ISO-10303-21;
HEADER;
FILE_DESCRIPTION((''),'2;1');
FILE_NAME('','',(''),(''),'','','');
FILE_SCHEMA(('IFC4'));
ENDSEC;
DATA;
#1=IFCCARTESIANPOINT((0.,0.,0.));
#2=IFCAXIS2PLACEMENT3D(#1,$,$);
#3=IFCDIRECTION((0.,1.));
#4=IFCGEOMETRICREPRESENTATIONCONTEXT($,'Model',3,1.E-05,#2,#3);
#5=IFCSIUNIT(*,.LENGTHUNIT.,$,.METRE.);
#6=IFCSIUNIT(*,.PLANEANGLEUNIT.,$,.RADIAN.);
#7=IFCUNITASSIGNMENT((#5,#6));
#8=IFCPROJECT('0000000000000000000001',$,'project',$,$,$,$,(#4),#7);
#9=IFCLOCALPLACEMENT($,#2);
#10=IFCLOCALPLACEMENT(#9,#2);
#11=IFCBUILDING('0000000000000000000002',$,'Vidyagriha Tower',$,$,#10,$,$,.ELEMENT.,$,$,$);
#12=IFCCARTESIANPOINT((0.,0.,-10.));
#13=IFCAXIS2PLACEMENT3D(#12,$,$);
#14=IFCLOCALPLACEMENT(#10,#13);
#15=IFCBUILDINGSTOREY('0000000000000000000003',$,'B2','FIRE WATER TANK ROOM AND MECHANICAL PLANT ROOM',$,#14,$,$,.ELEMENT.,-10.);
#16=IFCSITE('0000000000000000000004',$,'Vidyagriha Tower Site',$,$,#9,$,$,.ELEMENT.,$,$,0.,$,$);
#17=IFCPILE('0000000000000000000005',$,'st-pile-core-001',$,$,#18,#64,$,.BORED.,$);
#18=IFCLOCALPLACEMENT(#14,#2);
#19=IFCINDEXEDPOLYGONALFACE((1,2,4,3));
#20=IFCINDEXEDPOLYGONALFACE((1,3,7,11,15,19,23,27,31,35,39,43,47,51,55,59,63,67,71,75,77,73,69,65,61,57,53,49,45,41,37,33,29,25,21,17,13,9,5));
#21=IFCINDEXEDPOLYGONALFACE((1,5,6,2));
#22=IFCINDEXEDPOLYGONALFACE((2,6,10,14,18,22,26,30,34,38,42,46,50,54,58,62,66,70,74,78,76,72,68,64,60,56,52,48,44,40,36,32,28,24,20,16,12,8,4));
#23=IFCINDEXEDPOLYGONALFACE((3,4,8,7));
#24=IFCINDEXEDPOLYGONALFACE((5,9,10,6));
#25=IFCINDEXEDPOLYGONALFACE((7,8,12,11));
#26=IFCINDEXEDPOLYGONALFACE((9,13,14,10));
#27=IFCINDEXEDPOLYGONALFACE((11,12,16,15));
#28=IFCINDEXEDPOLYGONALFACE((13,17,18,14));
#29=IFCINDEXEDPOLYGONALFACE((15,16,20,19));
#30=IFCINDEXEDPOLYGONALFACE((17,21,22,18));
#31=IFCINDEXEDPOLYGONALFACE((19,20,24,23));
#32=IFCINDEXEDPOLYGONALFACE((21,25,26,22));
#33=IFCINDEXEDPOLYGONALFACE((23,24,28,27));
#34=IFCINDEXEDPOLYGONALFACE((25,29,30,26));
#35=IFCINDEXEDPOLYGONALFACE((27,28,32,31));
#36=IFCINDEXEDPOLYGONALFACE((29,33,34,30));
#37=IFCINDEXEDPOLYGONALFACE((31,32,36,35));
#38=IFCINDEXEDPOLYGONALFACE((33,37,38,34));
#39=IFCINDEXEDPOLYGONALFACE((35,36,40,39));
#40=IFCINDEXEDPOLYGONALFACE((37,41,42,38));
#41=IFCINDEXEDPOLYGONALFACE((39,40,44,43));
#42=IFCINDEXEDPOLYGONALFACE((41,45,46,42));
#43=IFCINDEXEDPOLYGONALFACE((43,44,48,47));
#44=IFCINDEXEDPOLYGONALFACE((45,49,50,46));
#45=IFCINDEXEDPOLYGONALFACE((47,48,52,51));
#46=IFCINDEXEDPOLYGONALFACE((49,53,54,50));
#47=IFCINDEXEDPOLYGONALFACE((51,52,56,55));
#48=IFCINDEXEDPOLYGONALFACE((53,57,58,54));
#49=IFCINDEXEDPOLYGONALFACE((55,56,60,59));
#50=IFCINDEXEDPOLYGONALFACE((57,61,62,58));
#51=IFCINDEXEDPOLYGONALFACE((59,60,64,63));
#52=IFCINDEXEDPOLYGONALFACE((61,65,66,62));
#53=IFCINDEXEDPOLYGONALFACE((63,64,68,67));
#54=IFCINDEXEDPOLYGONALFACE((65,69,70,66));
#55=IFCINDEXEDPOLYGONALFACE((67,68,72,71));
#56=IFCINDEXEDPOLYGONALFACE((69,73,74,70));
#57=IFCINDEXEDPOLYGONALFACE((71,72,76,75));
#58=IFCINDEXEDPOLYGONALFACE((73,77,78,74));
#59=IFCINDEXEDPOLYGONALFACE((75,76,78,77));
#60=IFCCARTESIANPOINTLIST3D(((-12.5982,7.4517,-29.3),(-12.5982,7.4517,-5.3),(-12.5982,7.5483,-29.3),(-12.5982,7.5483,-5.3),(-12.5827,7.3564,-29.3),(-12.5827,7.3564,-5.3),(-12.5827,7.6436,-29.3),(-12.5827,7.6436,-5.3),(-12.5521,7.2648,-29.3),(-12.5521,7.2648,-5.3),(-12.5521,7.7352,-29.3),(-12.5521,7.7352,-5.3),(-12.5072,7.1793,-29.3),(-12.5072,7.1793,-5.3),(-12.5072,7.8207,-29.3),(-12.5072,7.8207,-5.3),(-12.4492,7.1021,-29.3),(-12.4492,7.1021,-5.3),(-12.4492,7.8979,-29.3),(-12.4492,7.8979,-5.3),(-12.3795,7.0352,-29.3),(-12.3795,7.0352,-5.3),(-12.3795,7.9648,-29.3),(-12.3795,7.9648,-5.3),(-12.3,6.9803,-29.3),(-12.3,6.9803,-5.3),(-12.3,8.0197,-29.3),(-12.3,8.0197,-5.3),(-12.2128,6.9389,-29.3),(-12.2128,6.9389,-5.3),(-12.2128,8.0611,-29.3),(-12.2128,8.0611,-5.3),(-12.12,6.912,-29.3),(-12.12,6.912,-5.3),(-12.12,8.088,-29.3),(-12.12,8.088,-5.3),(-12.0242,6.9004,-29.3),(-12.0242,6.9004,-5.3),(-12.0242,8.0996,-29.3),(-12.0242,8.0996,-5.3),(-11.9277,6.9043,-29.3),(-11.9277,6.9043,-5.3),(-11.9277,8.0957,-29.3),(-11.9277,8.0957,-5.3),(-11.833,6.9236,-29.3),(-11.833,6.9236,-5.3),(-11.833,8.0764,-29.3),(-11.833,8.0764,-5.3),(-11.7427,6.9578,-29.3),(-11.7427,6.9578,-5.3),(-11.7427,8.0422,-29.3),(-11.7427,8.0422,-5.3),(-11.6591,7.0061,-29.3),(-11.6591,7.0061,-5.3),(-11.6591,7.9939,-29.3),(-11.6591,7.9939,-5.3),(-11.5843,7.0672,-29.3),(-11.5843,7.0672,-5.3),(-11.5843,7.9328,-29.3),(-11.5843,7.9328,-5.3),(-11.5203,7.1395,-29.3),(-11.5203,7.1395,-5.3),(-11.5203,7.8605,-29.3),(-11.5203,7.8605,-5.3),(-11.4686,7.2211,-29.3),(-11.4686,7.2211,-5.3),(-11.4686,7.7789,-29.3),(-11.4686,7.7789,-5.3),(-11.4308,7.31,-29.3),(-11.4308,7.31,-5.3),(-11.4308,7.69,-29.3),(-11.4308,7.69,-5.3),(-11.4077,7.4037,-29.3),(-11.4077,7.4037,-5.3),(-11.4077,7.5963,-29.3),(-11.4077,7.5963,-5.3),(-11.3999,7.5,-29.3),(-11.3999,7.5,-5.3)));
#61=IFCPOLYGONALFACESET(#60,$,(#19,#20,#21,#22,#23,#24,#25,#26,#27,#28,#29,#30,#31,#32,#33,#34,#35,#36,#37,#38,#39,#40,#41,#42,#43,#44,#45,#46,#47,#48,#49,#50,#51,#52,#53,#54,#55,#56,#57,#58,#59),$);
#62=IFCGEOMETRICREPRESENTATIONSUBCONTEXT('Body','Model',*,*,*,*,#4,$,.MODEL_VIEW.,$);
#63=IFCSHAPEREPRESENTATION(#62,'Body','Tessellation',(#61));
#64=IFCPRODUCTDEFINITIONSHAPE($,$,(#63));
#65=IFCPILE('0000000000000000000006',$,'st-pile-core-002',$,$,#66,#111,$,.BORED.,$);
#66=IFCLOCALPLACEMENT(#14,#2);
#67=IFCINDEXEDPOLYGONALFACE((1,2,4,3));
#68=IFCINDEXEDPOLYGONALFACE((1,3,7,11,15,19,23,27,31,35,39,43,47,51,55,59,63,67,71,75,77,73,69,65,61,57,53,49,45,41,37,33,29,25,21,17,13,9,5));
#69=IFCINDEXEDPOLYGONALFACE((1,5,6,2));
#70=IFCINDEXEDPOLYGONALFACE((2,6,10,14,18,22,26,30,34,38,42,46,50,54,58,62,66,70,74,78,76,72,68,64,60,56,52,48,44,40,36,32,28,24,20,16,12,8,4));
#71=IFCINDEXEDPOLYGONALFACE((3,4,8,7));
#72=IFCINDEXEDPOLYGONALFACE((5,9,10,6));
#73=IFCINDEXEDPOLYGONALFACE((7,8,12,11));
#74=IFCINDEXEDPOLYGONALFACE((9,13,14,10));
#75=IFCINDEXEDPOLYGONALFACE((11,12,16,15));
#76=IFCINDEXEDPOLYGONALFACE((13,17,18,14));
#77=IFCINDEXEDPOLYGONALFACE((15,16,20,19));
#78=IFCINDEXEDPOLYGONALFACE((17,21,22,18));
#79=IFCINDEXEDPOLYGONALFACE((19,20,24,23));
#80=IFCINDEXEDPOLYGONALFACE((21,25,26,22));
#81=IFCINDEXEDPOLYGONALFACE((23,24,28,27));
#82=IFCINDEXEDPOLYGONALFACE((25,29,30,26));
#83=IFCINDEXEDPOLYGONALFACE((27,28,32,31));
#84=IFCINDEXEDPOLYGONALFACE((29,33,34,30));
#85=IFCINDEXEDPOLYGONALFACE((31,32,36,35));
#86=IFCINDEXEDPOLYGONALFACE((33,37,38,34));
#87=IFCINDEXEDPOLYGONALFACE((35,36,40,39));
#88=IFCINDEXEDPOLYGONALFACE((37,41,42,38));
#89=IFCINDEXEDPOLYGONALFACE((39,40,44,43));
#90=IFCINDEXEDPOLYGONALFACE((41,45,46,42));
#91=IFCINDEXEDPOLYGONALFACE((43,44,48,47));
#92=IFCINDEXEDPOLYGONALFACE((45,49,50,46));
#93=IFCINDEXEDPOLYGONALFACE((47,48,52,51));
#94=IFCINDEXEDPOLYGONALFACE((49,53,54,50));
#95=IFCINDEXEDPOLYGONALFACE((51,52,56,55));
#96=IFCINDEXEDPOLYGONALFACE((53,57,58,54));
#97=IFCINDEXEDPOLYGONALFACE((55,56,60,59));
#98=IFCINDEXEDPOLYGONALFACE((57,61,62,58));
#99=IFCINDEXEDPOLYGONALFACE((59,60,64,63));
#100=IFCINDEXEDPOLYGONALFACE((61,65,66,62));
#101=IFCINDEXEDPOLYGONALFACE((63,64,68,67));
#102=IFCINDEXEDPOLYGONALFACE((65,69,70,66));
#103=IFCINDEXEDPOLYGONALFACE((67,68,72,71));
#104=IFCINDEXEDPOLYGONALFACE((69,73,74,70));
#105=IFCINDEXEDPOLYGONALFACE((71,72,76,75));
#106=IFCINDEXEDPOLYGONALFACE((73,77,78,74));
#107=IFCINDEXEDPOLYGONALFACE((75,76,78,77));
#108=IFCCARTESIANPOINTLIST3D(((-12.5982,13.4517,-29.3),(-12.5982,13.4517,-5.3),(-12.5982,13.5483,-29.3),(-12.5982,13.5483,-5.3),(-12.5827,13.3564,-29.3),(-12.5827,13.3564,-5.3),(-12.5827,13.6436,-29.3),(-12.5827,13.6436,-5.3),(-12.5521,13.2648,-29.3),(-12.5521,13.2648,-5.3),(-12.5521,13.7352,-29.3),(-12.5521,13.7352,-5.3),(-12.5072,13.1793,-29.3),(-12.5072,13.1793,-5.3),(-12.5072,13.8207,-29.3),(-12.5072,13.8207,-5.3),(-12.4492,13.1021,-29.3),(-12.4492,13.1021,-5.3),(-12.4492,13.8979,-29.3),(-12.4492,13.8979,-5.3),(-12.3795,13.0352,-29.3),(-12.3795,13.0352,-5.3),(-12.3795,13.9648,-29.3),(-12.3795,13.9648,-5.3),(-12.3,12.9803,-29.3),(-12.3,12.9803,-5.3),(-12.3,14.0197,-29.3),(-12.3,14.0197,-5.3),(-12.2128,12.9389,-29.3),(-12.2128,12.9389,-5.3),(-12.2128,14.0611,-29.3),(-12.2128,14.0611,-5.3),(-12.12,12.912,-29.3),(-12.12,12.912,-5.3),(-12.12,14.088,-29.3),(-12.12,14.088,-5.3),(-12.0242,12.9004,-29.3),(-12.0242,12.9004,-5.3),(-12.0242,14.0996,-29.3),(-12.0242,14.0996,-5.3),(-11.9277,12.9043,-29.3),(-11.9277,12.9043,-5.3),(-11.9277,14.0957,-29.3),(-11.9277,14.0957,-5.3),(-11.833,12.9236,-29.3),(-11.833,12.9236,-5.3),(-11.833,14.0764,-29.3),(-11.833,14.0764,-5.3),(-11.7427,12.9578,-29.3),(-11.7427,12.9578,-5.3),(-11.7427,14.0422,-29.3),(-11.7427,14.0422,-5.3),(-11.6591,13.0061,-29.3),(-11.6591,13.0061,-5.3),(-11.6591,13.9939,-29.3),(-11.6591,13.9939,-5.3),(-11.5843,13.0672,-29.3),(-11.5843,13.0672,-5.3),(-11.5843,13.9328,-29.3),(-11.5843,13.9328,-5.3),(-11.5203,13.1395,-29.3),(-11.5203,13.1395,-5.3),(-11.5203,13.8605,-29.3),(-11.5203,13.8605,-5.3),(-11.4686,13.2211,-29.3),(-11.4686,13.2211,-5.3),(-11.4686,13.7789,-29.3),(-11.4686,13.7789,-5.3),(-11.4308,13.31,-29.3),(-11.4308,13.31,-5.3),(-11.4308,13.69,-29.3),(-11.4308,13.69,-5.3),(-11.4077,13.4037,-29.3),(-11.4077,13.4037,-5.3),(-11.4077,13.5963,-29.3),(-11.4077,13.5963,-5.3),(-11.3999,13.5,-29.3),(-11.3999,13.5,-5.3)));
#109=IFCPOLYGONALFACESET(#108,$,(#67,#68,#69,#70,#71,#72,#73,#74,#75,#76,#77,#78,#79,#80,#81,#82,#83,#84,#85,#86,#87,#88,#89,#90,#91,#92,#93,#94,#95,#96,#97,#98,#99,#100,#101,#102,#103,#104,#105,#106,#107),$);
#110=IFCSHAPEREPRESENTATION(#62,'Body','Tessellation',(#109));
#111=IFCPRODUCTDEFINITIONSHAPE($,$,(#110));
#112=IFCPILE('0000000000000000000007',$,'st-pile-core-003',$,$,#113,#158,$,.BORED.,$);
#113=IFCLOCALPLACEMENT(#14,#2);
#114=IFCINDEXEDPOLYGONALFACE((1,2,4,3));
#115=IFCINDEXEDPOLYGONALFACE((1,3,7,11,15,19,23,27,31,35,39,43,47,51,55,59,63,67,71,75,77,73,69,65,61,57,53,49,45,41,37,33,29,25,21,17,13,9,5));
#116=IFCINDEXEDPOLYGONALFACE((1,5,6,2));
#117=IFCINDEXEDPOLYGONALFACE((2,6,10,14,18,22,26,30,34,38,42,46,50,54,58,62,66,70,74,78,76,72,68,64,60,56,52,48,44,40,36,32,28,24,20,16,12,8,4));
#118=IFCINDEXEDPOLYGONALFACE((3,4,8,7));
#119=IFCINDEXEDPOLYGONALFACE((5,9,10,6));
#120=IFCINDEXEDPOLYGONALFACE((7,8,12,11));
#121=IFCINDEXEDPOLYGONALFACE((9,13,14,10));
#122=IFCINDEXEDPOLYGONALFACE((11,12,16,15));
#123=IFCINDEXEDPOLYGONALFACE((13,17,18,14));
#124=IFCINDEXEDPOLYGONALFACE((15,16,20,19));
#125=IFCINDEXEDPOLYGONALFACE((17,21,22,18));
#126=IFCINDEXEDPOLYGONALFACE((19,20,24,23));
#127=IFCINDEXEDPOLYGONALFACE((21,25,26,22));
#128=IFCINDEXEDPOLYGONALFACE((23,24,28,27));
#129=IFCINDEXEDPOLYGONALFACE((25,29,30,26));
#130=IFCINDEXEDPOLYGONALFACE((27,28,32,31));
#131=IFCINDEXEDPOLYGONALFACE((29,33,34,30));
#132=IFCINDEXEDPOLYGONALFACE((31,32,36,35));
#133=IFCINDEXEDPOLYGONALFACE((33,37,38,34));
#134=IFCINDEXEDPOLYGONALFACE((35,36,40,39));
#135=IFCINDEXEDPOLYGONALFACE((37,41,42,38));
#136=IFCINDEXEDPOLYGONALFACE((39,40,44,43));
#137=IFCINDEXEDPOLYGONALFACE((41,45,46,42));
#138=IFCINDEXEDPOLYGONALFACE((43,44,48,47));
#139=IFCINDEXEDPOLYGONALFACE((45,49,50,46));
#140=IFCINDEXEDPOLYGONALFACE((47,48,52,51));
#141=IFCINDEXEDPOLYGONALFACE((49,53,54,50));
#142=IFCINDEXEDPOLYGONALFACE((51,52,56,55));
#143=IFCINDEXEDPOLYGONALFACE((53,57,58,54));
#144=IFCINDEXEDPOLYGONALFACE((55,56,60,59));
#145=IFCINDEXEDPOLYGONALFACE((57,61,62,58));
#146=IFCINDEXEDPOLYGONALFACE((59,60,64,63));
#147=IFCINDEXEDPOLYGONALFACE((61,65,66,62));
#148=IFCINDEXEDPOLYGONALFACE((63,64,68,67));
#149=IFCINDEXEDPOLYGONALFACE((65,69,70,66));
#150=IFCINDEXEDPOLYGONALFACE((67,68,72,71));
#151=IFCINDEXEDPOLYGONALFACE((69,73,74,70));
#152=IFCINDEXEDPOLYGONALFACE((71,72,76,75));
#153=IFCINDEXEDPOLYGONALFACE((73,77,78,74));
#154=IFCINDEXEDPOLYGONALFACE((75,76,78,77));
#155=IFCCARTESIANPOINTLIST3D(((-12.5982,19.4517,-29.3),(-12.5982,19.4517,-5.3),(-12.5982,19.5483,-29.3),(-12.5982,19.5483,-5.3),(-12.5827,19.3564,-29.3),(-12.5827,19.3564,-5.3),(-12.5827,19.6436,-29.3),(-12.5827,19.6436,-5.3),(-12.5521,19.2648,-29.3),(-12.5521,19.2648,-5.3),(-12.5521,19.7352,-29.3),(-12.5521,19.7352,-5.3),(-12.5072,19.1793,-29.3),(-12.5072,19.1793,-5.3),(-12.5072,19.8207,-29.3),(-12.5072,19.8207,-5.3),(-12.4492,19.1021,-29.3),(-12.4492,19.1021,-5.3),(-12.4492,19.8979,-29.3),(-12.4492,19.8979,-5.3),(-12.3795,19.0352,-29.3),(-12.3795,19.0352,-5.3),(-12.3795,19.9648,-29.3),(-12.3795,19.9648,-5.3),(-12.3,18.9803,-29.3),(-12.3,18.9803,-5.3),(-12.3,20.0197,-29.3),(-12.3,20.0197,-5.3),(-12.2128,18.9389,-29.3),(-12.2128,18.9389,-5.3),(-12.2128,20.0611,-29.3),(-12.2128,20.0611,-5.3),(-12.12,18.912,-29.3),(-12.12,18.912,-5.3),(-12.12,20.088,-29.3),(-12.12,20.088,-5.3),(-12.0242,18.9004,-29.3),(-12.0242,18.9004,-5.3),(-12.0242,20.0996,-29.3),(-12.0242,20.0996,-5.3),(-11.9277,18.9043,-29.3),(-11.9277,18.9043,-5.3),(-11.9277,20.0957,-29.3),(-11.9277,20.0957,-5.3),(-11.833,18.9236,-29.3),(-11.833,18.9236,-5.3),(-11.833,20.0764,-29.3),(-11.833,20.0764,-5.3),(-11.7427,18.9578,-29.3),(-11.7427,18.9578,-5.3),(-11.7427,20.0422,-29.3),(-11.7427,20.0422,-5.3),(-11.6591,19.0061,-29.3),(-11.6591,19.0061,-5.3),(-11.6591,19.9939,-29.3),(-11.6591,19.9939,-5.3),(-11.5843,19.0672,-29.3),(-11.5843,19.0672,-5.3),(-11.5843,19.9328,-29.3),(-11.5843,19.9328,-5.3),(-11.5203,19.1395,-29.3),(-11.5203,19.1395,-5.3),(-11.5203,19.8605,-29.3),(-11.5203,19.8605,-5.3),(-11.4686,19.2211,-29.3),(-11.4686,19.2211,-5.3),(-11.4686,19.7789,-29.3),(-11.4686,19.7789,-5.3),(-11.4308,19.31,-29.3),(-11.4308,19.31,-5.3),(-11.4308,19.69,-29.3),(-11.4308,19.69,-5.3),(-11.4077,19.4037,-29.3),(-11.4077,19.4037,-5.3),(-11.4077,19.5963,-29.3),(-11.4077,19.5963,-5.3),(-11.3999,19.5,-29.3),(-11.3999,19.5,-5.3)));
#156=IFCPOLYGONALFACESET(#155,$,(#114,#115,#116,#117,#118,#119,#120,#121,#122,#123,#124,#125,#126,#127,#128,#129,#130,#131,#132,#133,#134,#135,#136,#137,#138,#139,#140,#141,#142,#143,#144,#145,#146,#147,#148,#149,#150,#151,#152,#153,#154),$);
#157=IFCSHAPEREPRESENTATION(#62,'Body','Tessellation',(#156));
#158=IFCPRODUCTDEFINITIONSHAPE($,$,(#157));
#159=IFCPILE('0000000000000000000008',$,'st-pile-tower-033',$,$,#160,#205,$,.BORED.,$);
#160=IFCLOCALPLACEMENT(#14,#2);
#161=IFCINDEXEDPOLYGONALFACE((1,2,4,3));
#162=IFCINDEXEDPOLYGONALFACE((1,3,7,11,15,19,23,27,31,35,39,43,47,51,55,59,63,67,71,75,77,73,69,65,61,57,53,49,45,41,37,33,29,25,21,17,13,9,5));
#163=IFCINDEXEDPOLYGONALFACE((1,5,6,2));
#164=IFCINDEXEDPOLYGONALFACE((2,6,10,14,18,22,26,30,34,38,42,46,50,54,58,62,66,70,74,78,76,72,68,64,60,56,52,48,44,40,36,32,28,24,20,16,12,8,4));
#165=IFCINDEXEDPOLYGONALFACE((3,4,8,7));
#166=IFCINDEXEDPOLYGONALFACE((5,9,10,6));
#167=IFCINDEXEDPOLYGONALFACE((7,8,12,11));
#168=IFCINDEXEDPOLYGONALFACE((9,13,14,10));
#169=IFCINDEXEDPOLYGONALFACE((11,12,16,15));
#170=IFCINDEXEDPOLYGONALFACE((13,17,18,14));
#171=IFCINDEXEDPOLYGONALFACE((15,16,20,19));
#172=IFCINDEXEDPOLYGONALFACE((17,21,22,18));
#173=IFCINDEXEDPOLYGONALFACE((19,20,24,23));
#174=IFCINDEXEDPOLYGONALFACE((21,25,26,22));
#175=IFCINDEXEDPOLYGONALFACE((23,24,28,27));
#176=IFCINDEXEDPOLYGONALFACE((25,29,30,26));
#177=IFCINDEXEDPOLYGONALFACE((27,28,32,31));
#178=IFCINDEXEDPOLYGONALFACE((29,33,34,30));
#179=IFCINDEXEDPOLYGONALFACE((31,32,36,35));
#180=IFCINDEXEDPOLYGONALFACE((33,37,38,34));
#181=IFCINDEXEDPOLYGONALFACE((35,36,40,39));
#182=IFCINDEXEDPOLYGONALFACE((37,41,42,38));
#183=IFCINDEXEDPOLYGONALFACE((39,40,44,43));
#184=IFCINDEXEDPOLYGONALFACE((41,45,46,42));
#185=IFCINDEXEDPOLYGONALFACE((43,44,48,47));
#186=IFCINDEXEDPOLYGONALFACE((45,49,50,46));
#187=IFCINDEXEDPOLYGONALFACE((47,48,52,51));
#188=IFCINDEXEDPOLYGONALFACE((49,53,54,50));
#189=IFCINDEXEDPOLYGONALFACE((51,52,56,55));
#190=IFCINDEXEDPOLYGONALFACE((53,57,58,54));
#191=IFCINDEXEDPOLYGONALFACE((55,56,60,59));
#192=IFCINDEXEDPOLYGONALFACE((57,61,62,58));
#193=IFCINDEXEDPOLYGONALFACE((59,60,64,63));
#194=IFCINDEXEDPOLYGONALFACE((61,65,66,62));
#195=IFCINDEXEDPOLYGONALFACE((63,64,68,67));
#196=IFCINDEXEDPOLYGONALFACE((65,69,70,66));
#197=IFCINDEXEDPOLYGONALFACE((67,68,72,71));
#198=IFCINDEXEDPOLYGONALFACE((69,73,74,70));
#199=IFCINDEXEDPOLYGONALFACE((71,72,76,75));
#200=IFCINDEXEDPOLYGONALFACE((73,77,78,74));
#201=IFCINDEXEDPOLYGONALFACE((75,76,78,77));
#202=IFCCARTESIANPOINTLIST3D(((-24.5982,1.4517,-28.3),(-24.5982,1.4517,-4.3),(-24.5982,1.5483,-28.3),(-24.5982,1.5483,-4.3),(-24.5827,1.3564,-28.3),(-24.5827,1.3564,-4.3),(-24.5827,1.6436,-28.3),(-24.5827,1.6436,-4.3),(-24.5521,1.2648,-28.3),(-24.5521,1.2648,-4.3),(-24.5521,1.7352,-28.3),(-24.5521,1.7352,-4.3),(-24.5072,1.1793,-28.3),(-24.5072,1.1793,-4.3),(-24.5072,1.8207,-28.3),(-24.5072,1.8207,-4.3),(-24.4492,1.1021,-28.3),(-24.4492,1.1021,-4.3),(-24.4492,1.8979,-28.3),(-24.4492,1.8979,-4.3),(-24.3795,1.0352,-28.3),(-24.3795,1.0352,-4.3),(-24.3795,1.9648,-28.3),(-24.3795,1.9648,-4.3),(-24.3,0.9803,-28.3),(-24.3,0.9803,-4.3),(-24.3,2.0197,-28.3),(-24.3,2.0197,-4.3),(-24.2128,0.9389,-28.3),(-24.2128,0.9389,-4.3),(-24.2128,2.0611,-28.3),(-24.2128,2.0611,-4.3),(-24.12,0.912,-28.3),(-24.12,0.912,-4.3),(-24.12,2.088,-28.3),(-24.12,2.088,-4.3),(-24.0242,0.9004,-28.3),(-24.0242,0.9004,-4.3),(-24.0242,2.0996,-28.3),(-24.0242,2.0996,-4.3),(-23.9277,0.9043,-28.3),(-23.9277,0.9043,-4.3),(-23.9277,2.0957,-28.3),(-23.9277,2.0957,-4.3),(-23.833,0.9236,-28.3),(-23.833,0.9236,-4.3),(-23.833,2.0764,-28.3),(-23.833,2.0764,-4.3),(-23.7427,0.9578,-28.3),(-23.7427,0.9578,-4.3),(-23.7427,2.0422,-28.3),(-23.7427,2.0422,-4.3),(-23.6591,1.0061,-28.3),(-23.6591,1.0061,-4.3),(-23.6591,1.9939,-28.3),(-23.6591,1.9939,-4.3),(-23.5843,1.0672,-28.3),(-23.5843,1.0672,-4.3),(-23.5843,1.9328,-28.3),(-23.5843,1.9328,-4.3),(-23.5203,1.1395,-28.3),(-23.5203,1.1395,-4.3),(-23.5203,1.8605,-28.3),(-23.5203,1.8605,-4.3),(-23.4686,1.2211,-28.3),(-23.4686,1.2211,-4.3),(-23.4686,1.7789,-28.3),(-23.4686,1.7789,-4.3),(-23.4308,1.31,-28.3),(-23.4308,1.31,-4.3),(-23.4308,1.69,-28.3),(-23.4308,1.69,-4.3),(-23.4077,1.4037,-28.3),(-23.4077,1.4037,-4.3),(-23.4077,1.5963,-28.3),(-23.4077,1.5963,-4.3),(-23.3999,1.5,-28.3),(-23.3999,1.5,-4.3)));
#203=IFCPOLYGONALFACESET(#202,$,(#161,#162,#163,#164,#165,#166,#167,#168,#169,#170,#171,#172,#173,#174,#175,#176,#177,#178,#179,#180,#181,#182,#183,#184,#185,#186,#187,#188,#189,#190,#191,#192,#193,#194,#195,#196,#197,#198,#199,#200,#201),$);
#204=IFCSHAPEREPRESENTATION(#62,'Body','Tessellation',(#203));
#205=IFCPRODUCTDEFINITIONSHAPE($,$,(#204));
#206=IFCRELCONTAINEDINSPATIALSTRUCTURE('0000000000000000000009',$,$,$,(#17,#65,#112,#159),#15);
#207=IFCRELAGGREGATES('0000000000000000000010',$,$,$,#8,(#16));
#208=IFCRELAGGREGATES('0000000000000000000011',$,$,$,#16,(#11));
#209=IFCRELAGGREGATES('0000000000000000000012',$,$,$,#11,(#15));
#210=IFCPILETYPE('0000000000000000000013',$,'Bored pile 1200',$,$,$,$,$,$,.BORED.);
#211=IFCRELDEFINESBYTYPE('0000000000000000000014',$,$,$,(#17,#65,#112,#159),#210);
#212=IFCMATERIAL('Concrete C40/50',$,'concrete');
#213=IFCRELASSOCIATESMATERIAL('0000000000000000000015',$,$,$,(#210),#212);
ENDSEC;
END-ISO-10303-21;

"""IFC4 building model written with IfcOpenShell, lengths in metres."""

from ifc_helpers import new_model, si_unit, direction, frame, origin, origin_2d, place, context, subcontext, project, spatial, circle, extrude, material, material_profile, profile_set, type_object, element, save


model = new_model("IFC4")

# Units and contexts
model_context = context("Model", 3, precision=1e-05, world=origin(), true_north=direction((0.0, 1.0)))
body_context = subcontext(model_context, "Body", "Model", "MODEL_VIEW")
ifc_project = project(units=[si_unit("LENGTHUNIT", "METRE"), si_unit("PLANEANGLEUNIT", "RADIAN")], contexts=[model_context])

# Site, building, storey
site_placement = place(None, origin())
site = spatial("IfcSite", under=ifc_project, at=site_placement, Name="Vidyagriha Tower Site", CompositionType="ELEMENT", RefElevation=0.0)
building_placement = place(site_placement, origin())
building = spatial("IfcBuilding", under=site, at=building_placement, Name="Vidyagriha Tower", CompositionType="ELEMENT")
storey_placement = place(building_placement, frame((0.0, 0.0, -10.0)))
storey = spatial("IfcBuildingStorey", under=building, at=storey_placement, Name="B2", Description="FIRE WATER TANK ROOM AND MECHANICAL PLANT ROOM", CompositionType="ELEMENT", Elevation=-10.0)

# Piles
ifc_material_1 = material(Name="Concrete C40/50", Category="concrete")
ifc_material_profile_1 = material_profile(ifc_material_1, circle(Radius=0.6001, at=origin_2d()), Name="Bored pile 1200")
ifc_profile_set_1 = profile_set([ifc_material_profile_1], Name="Concrete C40/50")
pile_type = type_object("IfcPileType", Name="Bored pile 1200", PredefinedType="BORED", material=ifc_profile_set_1)
for number, where, z_axis, x_axis, name in (
    (1, (-12.0, 7.5, -5.3), (0.0, 0.0, -1.0), (1.0, 0.0, 0.0), "st-pile-core-001"),
    (2, (-12.0, 13.5, -5.3), (0.0, 0.0, -1.0), (1.0, 0.0, 0.0), "st-pile-core-002"),
    (3, (-12.0, 19.5, -5.3), (0.0, 0.0, -1.0), (1.0, 0.0, 0.0), "st-pile-core-003"),
    (4, (-24.0, 1.5, -4.3), (0.0, 0.0, -1.0), (1.0, 0.0, 0.0), "st-pile-tower-033"),
):
    element("IfcPile", number, at=place(storey_placement, frame(where, z_axis=z_axis, x_axis=x_axis)), inside=storey, type_object=pile_type, Name=name, PredefinedType="BORED", context=body_context, shape_type="SweptSolid", body=[
        extrude(circle(Radius=0.6001, at=origin_2d()), origin(), (0.0, 0.0, 1.0), 24.0),
    ])

save(model, "model.ifc")
